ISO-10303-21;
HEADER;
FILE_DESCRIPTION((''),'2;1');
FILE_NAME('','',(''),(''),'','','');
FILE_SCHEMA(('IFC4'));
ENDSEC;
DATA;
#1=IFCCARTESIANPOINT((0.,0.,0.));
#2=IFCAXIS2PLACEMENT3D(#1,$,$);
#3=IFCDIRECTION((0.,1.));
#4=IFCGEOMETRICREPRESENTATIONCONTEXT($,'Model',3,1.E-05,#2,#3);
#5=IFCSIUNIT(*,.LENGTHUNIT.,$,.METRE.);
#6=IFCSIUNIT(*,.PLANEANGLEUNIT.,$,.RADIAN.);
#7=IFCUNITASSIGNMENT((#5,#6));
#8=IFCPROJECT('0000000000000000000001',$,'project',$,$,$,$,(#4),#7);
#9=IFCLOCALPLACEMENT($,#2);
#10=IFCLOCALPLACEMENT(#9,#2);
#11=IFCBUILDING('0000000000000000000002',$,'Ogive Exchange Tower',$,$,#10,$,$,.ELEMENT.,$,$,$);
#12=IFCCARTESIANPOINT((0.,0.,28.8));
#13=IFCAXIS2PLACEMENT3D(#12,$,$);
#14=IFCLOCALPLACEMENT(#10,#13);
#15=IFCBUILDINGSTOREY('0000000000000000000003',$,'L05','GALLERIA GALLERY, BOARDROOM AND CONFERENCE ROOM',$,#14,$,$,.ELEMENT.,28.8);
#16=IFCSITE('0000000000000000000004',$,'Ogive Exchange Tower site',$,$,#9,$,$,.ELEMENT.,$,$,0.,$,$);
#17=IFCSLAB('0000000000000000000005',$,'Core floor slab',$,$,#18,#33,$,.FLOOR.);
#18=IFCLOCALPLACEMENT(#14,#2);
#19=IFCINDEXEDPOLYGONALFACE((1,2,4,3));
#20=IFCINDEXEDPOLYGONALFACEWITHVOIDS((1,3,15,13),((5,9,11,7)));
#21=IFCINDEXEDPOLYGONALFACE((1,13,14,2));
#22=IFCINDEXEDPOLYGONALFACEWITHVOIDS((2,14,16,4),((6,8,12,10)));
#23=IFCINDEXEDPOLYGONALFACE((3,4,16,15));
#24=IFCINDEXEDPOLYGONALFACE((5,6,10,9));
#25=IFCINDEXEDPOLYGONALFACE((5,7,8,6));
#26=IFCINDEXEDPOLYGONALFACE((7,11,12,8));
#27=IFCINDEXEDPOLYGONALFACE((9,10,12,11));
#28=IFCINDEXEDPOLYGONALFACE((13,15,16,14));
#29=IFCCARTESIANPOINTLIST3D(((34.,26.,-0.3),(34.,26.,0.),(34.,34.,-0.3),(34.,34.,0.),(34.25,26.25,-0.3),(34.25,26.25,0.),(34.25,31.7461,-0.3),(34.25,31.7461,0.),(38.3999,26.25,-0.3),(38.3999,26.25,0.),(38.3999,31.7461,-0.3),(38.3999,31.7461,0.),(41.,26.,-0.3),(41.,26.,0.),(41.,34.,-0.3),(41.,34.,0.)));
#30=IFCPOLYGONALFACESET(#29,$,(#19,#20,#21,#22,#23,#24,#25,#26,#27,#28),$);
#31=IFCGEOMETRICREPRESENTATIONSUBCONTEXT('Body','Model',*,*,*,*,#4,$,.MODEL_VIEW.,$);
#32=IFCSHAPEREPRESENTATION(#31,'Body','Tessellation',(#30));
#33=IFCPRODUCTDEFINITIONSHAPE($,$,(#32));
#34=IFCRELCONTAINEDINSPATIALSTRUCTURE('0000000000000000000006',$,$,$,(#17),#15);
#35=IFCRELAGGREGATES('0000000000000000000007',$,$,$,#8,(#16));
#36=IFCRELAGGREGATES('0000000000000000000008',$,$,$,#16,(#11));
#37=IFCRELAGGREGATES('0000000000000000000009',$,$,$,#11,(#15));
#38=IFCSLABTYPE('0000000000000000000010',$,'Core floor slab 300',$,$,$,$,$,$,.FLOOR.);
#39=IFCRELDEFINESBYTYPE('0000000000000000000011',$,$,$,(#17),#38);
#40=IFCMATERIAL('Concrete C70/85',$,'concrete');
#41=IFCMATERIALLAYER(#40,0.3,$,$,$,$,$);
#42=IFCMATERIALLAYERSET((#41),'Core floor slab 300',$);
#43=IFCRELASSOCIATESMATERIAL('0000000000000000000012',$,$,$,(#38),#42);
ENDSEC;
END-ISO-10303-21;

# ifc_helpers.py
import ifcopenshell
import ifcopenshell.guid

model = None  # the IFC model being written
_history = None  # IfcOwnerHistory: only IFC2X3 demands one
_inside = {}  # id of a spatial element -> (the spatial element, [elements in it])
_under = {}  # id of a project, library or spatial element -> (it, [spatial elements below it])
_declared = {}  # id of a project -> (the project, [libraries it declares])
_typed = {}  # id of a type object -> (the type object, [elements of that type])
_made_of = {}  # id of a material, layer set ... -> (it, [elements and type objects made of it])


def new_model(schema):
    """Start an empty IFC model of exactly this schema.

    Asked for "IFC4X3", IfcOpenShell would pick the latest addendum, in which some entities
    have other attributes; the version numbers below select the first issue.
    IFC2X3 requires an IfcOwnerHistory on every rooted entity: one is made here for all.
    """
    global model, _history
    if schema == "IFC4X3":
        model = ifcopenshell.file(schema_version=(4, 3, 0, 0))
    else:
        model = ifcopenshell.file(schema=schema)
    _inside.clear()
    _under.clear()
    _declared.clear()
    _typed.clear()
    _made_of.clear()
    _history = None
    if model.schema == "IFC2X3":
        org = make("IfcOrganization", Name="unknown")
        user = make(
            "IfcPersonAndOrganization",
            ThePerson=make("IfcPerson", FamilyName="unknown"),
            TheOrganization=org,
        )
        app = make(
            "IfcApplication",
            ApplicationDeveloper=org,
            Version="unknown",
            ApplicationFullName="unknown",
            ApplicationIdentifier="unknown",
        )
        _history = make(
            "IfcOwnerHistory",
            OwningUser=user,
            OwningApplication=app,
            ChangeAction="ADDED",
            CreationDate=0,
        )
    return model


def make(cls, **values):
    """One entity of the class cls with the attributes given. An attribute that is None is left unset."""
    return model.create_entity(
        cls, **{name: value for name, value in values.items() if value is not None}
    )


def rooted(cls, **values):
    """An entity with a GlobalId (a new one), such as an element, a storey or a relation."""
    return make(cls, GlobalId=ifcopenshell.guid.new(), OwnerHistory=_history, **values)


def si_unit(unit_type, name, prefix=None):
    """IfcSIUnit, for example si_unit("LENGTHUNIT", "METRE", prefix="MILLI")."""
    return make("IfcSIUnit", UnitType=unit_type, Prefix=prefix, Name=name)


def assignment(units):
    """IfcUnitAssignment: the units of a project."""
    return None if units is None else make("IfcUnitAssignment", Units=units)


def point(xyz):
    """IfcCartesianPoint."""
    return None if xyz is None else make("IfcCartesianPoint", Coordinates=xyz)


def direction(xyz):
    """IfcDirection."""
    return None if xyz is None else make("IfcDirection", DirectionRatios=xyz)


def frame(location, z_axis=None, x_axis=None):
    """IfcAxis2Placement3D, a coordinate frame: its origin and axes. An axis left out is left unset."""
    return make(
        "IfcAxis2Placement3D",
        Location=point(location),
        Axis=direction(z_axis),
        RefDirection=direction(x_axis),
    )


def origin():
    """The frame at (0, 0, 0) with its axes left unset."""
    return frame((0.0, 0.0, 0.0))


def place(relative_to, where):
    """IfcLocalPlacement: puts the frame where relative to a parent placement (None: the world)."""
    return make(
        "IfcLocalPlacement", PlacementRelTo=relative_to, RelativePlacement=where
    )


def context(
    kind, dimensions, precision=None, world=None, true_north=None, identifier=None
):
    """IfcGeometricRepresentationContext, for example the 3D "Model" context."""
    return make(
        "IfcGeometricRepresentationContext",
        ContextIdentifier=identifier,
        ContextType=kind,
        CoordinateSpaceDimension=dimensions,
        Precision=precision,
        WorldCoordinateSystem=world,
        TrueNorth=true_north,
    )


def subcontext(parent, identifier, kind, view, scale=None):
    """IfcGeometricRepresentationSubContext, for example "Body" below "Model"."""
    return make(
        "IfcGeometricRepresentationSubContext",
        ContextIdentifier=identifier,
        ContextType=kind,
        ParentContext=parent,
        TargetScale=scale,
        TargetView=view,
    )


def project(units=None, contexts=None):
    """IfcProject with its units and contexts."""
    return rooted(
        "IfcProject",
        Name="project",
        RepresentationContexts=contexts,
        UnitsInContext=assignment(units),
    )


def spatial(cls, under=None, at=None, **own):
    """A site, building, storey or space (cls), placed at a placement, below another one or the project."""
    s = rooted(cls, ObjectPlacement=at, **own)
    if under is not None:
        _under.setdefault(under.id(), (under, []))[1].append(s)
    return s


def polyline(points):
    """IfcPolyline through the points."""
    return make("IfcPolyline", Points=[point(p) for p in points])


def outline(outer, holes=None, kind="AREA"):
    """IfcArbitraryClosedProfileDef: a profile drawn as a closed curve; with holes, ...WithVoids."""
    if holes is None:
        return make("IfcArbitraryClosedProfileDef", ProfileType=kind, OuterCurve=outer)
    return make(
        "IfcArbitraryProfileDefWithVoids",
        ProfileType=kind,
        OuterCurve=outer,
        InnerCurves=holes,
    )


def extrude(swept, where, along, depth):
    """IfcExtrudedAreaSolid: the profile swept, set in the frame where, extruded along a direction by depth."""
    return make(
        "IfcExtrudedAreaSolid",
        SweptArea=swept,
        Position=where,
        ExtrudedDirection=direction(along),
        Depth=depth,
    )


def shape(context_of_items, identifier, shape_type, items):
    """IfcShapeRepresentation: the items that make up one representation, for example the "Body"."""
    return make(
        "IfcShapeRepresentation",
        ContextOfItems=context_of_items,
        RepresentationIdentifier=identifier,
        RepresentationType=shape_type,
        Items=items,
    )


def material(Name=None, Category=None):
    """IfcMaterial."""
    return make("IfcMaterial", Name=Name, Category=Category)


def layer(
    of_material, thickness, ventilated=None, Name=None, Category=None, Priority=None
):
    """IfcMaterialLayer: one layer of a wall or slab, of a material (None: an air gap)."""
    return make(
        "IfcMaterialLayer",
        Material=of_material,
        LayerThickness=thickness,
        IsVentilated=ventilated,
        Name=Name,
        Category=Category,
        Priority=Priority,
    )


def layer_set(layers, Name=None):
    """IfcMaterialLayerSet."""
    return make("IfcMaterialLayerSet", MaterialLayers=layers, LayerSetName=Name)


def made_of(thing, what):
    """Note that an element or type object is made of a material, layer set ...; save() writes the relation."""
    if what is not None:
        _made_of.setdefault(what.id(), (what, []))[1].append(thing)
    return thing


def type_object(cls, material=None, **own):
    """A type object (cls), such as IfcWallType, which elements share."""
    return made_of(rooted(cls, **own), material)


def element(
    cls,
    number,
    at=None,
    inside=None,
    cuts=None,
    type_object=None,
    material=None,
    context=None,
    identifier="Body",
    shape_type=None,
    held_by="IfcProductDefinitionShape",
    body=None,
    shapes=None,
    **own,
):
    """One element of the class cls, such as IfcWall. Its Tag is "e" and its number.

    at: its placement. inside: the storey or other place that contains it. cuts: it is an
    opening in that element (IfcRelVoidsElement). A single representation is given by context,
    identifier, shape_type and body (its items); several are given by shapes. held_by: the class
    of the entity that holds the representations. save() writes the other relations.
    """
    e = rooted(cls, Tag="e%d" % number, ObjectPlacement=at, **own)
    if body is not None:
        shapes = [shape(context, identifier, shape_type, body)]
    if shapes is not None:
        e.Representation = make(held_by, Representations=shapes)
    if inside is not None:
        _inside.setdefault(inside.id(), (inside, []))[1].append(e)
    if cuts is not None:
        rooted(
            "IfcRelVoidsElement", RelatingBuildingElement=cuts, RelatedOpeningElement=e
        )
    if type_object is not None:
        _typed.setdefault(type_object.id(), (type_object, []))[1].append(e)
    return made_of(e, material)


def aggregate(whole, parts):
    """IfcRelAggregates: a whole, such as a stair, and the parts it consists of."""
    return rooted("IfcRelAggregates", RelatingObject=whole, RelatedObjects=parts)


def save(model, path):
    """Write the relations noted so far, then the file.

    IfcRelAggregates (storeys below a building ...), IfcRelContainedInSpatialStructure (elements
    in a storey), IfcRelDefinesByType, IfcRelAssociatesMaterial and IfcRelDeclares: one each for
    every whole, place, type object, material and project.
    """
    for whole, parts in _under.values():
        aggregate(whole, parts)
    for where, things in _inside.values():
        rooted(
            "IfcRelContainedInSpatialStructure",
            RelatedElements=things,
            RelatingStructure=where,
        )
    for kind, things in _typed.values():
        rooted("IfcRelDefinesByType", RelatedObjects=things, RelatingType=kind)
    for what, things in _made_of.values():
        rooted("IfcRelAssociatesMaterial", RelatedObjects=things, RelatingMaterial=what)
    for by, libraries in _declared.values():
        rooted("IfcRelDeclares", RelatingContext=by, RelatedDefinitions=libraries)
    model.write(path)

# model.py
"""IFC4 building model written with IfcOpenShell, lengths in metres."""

from ifc_helpers import new_model, si_unit, direction, frame, origin, place, context, subcontext, project, spatial, polyline, outline, extrude, material, layer, layer_set, type_object, element, save


model = new_model("IFC4")

# Units and contexts
model_context = context("Model", 3, precision=1e-05, world=origin(), true_north=direction((0.0, 1.0)))
body_context = subcontext(model_context, "Body", "Model", "MODEL_VIEW")
ifc_project = project(units=[si_unit("LENGTHUNIT", "METRE"), si_unit("PLANEANGLEUNIT", "RADIAN")], contexts=[model_context])

# Site, building, storey
site_placement = place(None, origin())
site = spatial("IfcSite", under=ifc_project, at=site_placement, Name="Ogive Exchange Tower site", CompositionType="ELEMENT", RefElevation=0.0)
building_placement = place(site_placement, origin())
building = spatial("IfcBuilding", under=site, at=building_placement, Name="Ogive Exchange Tower", CompositionType="ELEMENT")
storey_placement = place(building_placement, frame((0.0, 0.0, 28.8)))
storey = spatial("IfcBuildingStorey", under=building, at=storey_placement, Name="L05", Description="GALLERIA GALLERY, BOARDROOM AND CONFERENCE ROOM", CompositionType="ELEMENT", Elevation=28.8)

# Slab
ifc_material_1 = material(Name="Concrete C70/85", Category="concrete")
ifc_layer_1 = layer(ifc_material_1, 0.3)
ifc_layer_set_1 = layer_set([ifc_layer_1], Name="Core floor slab 300")
slab_type_1 = type_object("IfcSlabType", Name="Core floor slab 300", PredefinedType="FLOOR", material=ifc_layer_set_1)
slab_1_placement = place(storey_placement, frame((0.0, 0.0, -0.3)))
element("IfcSlab", 1, at=slab_1_placement, inside=storey, type_object=slab_type_1, Name="Core floor slab", PredefinedType="FLOOR", context=body_context, shape_type="SweptSolid", body=[
    extrude(outline(polyline([(34.0, 26.0), (34.0, 34.0), (41.0, 34.0), (41.0, 26.0), (34.0, 26.0)]), holes=[polyline([(34.25, 26.25), (38.3999, 26.25), (38.3999, 31.7461), (34.25, 31.7461), (34.25, 26.25)])]), origin(), (0.0, 0.0, 1.0), 0.3),
])

save(model, "model.ifc")
